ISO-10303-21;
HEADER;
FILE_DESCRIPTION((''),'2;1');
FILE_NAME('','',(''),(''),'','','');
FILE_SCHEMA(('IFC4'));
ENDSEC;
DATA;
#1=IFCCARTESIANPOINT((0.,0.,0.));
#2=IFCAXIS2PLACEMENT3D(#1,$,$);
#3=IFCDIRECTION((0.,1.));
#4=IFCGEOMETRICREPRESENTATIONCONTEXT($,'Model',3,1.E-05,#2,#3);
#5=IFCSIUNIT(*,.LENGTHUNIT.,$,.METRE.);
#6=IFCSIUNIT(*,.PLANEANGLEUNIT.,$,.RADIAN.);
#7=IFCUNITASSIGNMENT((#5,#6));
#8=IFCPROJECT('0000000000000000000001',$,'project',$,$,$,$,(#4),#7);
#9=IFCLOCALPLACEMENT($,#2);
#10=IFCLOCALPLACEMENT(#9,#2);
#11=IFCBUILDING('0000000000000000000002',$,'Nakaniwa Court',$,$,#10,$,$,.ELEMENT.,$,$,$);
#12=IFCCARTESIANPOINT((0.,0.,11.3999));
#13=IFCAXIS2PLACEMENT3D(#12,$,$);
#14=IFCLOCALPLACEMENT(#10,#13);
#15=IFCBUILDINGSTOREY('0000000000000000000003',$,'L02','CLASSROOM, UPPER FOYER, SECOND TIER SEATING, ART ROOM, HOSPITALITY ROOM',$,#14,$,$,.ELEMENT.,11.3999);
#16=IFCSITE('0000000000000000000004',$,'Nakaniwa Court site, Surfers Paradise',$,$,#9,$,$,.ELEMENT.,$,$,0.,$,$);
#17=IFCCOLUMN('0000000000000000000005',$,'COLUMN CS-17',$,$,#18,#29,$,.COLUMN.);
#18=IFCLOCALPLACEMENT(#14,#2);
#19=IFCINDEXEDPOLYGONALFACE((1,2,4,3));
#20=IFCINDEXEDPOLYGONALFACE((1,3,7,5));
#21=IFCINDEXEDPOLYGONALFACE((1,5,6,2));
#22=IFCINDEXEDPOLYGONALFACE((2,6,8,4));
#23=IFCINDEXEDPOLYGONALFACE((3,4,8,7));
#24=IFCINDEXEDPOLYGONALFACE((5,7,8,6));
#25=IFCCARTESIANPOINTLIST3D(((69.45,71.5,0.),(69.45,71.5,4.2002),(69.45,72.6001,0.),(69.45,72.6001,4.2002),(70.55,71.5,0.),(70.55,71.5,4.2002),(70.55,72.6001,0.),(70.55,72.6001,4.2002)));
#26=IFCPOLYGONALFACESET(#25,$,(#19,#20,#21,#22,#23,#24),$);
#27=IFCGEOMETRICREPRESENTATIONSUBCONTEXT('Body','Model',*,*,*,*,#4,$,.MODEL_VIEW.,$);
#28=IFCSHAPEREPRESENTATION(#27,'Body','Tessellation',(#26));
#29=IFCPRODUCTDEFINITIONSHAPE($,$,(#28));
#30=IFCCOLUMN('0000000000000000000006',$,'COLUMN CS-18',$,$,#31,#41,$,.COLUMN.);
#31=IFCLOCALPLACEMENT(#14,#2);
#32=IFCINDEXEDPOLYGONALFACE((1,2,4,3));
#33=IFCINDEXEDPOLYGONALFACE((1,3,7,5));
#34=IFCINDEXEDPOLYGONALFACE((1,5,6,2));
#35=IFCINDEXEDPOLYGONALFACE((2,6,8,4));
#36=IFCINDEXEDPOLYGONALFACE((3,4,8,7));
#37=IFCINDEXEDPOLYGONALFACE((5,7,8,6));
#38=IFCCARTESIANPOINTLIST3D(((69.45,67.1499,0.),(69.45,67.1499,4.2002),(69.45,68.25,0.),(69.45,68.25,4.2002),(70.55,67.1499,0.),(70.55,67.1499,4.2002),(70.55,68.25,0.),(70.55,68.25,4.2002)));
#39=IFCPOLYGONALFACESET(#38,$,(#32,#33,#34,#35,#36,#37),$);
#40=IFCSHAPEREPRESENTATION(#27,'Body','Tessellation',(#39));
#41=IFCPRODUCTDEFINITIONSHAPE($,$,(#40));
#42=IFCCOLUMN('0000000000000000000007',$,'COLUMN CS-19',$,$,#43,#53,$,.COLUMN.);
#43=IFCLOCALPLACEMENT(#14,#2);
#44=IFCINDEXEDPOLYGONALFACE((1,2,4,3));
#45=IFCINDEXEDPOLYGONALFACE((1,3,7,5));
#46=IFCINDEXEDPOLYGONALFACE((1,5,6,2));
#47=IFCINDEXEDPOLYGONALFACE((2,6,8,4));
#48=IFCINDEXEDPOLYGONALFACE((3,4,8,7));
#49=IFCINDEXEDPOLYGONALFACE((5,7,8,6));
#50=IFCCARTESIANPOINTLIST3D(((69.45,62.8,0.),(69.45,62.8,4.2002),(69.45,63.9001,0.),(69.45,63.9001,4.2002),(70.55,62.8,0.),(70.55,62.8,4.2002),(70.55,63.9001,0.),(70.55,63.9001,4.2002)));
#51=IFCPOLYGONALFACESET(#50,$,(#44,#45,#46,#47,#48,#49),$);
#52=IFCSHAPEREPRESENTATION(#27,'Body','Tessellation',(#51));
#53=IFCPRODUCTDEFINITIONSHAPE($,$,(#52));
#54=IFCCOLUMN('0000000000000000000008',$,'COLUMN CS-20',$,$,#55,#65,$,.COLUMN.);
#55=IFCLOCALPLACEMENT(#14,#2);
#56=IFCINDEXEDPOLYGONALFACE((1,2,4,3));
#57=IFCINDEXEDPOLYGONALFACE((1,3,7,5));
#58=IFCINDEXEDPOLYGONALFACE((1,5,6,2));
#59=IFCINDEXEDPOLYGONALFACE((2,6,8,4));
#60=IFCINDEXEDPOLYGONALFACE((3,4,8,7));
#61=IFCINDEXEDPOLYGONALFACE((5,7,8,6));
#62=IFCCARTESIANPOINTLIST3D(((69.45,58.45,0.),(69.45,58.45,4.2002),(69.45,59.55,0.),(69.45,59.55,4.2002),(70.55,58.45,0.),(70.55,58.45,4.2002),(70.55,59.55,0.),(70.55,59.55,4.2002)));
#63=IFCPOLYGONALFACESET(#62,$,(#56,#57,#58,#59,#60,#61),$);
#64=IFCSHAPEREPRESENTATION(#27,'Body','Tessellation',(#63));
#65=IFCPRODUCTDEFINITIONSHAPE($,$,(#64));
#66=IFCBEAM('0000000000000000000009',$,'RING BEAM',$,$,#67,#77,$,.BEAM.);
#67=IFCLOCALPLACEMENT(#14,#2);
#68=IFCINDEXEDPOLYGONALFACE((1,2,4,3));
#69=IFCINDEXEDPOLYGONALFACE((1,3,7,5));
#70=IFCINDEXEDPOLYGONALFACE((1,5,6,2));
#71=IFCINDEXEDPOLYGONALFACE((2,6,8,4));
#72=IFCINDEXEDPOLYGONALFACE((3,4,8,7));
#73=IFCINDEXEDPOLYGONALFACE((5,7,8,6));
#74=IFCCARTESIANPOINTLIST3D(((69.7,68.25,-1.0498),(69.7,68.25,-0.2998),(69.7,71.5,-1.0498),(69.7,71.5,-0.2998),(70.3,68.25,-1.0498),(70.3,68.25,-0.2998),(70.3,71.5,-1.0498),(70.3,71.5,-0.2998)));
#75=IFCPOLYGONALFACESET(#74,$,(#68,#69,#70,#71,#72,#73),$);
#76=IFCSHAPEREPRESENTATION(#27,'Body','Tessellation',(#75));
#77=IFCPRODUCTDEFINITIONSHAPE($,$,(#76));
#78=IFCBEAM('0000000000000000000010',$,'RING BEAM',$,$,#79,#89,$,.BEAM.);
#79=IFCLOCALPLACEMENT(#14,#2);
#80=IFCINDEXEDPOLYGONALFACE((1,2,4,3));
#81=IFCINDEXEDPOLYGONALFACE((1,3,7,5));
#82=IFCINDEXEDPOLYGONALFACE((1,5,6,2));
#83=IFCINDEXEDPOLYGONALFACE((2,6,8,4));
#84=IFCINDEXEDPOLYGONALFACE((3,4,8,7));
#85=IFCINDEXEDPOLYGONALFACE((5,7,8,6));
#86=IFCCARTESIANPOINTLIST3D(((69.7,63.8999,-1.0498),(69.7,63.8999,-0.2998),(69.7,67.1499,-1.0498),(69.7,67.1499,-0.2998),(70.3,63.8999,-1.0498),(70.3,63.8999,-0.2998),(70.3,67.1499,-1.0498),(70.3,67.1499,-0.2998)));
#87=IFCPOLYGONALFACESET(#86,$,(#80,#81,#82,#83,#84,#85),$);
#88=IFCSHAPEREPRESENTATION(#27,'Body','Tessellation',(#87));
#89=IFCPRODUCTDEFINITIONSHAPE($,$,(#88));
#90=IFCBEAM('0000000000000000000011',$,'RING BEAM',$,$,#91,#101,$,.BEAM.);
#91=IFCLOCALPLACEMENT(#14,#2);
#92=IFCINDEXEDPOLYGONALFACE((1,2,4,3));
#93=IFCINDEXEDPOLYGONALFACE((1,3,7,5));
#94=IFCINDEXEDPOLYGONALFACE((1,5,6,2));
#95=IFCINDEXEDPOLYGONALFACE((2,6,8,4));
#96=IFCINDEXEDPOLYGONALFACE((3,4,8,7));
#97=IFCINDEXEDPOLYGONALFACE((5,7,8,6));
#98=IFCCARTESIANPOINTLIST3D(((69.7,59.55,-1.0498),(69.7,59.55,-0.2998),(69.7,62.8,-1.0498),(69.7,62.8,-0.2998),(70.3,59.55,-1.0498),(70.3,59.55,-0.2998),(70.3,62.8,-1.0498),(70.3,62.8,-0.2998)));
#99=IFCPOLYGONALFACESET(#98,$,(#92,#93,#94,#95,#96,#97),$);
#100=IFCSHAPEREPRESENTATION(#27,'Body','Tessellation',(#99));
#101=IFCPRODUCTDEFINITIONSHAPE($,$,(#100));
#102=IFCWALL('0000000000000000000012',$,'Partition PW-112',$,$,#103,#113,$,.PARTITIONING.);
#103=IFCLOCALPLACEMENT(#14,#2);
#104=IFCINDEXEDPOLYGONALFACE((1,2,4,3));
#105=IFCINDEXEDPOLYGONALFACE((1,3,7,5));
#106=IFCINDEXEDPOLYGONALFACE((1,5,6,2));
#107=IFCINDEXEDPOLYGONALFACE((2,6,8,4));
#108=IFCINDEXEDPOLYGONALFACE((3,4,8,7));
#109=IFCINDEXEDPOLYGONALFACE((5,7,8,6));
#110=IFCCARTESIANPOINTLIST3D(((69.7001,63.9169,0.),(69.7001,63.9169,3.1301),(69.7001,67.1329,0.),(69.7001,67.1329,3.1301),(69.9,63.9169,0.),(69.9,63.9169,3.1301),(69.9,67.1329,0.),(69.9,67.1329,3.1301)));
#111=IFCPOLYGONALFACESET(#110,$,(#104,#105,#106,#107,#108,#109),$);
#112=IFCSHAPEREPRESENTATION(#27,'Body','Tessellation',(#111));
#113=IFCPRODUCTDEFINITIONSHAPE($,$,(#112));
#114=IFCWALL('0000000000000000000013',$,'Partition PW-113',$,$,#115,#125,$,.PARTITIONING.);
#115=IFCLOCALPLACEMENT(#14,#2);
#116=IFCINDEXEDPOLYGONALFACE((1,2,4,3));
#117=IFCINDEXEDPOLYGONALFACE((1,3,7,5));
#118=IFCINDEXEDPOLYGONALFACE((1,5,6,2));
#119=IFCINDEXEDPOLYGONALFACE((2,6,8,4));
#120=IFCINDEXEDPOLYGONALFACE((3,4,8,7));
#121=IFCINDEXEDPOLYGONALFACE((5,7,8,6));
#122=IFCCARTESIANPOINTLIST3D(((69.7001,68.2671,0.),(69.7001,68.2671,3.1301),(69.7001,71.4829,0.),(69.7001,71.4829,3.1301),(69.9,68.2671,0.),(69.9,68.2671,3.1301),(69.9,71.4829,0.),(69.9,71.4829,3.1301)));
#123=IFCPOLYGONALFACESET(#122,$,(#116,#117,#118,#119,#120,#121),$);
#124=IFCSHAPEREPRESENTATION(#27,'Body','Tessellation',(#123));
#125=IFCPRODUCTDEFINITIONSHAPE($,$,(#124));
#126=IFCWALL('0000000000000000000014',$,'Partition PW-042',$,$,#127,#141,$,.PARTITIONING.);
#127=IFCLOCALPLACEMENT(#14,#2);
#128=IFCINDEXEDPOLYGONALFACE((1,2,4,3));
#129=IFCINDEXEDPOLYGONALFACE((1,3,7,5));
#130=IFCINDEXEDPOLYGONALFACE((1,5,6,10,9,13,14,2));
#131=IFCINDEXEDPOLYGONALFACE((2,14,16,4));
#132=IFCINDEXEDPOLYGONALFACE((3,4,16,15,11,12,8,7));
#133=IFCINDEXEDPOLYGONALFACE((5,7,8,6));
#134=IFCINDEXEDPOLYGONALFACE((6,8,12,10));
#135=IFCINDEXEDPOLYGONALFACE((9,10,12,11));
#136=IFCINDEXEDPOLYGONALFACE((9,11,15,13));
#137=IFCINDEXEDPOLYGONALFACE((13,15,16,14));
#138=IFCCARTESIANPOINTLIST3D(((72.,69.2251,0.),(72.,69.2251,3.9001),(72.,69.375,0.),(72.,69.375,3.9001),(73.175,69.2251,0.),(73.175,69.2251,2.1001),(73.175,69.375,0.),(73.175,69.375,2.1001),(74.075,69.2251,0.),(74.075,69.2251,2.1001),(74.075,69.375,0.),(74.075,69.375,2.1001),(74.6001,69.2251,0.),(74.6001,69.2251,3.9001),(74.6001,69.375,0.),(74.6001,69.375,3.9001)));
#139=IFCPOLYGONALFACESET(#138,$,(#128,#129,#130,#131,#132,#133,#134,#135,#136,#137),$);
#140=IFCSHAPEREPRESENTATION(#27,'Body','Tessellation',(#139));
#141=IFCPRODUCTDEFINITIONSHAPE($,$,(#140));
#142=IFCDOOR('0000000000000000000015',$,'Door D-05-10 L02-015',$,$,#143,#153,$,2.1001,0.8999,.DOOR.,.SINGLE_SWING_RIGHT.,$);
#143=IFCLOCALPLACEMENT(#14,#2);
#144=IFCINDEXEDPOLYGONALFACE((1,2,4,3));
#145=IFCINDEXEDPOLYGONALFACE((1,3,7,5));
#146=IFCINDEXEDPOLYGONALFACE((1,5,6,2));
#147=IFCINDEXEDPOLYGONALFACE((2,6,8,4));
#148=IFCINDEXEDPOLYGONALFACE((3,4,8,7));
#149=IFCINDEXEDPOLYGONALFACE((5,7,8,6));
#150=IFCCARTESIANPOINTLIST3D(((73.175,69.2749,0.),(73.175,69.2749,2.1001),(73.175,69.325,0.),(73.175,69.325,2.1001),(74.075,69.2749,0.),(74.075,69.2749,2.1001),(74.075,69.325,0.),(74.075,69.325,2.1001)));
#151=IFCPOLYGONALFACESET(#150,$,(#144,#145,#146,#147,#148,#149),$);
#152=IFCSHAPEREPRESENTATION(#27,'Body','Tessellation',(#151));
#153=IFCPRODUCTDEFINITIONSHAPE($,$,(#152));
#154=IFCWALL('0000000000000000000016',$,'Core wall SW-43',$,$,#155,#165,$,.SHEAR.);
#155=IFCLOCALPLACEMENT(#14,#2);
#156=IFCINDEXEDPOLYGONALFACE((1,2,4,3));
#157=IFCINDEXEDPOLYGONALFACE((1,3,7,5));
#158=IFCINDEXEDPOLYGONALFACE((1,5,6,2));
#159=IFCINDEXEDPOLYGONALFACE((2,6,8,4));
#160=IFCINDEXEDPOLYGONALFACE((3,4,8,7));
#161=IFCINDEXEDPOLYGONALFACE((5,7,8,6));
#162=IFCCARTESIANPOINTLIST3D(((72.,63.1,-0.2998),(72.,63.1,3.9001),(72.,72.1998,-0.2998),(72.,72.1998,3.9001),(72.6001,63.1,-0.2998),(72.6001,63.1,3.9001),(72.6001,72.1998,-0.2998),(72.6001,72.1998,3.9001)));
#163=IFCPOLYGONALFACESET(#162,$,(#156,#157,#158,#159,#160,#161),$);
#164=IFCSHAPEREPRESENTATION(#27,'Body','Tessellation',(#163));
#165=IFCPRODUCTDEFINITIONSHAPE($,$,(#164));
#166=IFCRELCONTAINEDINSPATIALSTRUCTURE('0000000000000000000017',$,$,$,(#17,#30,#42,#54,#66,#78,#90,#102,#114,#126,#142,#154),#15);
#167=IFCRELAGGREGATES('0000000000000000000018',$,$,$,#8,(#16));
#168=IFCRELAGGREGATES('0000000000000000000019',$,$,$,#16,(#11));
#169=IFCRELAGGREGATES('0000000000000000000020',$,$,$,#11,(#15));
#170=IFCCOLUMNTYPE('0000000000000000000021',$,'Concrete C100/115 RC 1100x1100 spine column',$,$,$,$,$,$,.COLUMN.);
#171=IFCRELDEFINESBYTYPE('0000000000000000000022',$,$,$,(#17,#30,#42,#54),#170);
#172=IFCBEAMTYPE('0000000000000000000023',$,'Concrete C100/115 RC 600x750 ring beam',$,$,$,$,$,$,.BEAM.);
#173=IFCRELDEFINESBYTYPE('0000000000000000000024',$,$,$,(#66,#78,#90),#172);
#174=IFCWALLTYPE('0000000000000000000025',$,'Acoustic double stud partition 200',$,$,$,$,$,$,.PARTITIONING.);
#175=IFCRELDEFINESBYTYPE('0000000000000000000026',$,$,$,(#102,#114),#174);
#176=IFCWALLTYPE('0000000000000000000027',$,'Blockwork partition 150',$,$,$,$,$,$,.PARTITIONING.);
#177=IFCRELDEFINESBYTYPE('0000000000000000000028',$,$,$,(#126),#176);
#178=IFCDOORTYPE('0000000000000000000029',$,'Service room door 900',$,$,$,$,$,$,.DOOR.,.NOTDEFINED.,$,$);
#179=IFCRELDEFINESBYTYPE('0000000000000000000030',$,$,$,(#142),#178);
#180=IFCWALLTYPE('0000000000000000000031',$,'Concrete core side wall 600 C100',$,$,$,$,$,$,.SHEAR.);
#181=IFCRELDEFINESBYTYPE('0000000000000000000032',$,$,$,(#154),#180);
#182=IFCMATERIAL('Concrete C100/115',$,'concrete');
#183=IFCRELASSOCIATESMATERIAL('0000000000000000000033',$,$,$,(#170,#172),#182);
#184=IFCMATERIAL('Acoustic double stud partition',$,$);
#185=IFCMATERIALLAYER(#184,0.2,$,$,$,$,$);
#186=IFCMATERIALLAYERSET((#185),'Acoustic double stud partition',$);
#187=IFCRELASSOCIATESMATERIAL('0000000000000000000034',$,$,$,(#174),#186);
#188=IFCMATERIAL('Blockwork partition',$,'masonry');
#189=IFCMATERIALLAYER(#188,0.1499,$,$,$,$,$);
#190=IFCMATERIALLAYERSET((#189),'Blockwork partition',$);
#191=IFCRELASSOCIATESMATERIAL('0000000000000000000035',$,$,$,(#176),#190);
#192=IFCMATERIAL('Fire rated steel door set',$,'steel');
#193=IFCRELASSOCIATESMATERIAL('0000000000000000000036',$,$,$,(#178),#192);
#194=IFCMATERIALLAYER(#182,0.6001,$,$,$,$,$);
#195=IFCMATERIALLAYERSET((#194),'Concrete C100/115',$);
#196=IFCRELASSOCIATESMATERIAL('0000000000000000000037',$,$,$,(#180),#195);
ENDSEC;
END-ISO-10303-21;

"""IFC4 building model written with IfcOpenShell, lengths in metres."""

from ifc_helpers import new_model, si_unit, direction, frame, frame_2d, origin, origin_2d, place, context, subcontext, project, spatial, rectangle, extrude, material, layer, layer_set, material_profile, profile_set, type_object, element, fill, save


model = new_model("IFC4")

# Units and contexts
model_context = context("Model", 3, precision=1e-05, world=origin(), true_north=direction((0.0, 1.0)))
body_context = subcontext(model_context, "Body", "Model", "MODEL_VIEW")
ifc_project = project(units=[si_unit("LENGTHUNIT", "METRE"), si_unit("PLANEANGLEUNIT", "RADIAN")], contexts=[model_context])

# Site, building, storey
site_placement = place(None, origin())
site = spatial("IfcSite", under=ifc_project, at=site_placement, Name="Nakaniwa Court site, Surfers Paradise", CompositionType="ELEMENT", RefElevation=0.0)
building_placement = place(site_placement, origin())
building = spatial("IfcBuilding", under=site, at=building_placement, Name="Nakaniwa Court", CompositionType="ELEMENT")
storey_placement = place(building_placement, frame((0.0, 0.0, 11.3999)))
storey = spatial("IfcBuildingStorey", under=building, at=storey_placement, Name="L02", Description="CLASSROOM, UPPER FOYER, SECOND TIER SEATING, ART ROOM, HOSPITALITY ROOM", CompositionType="ELEMENT", Elevation=11.3999)

# Columns
ifc_material_1 = material(Name="Concrete C100/115", Category="concrete")
ifc_material_profile_1 = material_profile(ifc_material_1, rectangle(XDim=1.1001, YDim=1.1001, at=origin_2d()), Name="Concrete C100/115 RC 1100x1100 spine column")
ifc_profile_set_1 = profile_set([ifc_material_profile_1], Name="Concrete C100/115")
column_type = type_object("IfcColumnType", Name="Concrete C100/115 RC 1100x1100 spine column", PredefinedType="COLUMN", material=ifc_profile_set_1)
for number, where, z_axis, x_axis, name in (
    (1, (70.0, 72.05, 0.0), (0.0, 0.0, 1.0), (0.0, -1.0, 0.0), "COLUMN CS-17"),
    (2, (70.0, 67.7, 0.0), (0.0, 0.0, 1.0), (0.0, -1.0, 0.0), "COLUMN CS-18"),
    (3, (70.0, 63.3501, 0.0), (0.0, 0.0, 1.0), (0.0, -1.0, 0.0), "COLUMN CS-19"),
    (4, (70.0, 59.0, 0.0), (0.0, 0.0, 1.0), (0.0, -1.0, 0.0), "COLUMN CS-20"),
):
    element("IfcColumn", number, at=place(storey_placement, frame(where, z_axis=z_axis, x_axis=x_axis)), inside=storey, type_object=column_type, Name=name, PredefinedType="COLUMN", context=body_context, shape_type="SweptSolid", body=[
        extrude(rectangle(XDim=1.1001, YDim=1.1001, at=origin_2d()), origin(), (0.0, 0.0, 1.0), 4.2002),
    ])

# Beams
ifc_material_profile_2 = material_profile(ifc_material_1, rectangle(XDim=0.6001, YDim=0.75, at=origin_2d()), Name="Concrete C100/115 RC 600x750 ring beam")
ifc_profile_set_2 = profile_set([ifc_material_profile_2], Name="Concrete C100/115")
beam_type = type_object("IfcBeamType", Name="Concrete C100/115 RC 600x750 ring beam", PredefinedType="BEAM", material=ifc_profile_set_2)
for number, where, z_axis, x_axis, name in (
    (5, (70.0, 71.5, -0.6748), (0.0, -1.0, 0.0), (1.0, 0.0, 0.0), "RING BEAM"),
    (6, (70.0, 67.1499, -0.6748), (0.0, -1.0, 0.0), (1.0, 0.0, 0.0), "RING BEAM"),
    (7, (70.0, 62.8, -0.6748), (0.0, -1.0, 0.0), (1.0, 0.0, 0.0), "RING BEAM"),
):
    element("IfcBeam", number, at=place(storey_placement, frame(where, z_axis=z_axis, x_axis=x_axis)), inside=storey, type_object=beam_type, Name=name, PredefinedType="BEAM", context=body_context, shape_type="SweptSolid", body=[
        extrude(rectangle(XDim=0.6001, YDim=0.75, at=origin_2d()), origin(), (0.0, 0.0, 1.0), 3.25),
    ])

# Walls
ifc_material_2 = material(Name="Acoustic double stud partition")
ifc_layer_1 = layer(ifc_material_2, 0.2)
ifc_layer_set_1 = layer_set([ifc_layer_1], Name="Acoustic double stud partition")
wall_type_1 = type_object("IfcWallType", Name="Acoustic double stud partition 200", PredefinedType="PARTITIONING", material=ifc_layer_set_1)
wall_1_placement = place(storey_placement, frame((69.8, 63.917, 0.0), z_axis=(0.0, 0.0, 1.0), x_axis=(0.0, 1.0, 0.0)))
element("IfcWall", 8, at=wall_1_placement, inside=storey, type_object=wall_type_1, Name="Partition PW-112", PredefinedType="PARTITIONING", context=body_context, shape_type="SweptSolid", body=[
    extrude(rectangle(XDim=3.2161, YDim=0.2, at=frame_2d((1.6079, 0.0))), origin(), (0.0, 0.0, 1.0), 3.1301),
])
wall_2_placement = place(storey_placement, frame((69.8, 68.2671, 0.0), z_axis=(0.0, 0.0, 1.0), x_axis=(0.0, 1.0, 0.0)))
element("IfcWall", 9, at=wall_2_placement, inside=storey, type_object=wall_type_1, Name="Partition PW-113", PredefinedType="PARTITIONING", context=body_context, shape_type="SweptSolid", body=[
    extrude(rectangle(XDim=3.2158, YDim=0.2, at=frame_2d((1.6079, 0.0))), origin(), (0.0, 0.0, 1.0), 3.1301),
])

# Wall, opening, door
ifc_material_3 = material(Name="Blockwork partition", Category="masonry")
ifc_layer_2 = layer(ifc_material_3, 0.1499)
ifc_layer_set_2 = layer_set([ifc_layer_2], Name="Blockwork partition")
wall_type_2 = type_object("IfcWallType", Name="Blockwork partition 150", PredefinedType="PARTITIONING", material=ifc_layer_set_2)
wall_3_placement = place(storey_placement, frame((72.0, 69.3, 0.0), z_axis=(0.0, 0.0, 1.0), x_axis=(1.0, 0.0, 0.0)))
wall_3 = element("IfcWall", 10, at=wall_3_placement, inside=storey, type_object=wall_type_2, Name="Partition PW-042", PredefinedType="PARTITIONING", context=body_context, shape_type="SweptSolid", body=[
    extrude(rectangle(XDim=2.6001, YDim=0.1499, at=frame_2d((1.3, 0.0))), origin(), (0.0, 0.0, 1.0), 3.9001),
])
opening_1_placement = place(wall_3_placement, frame((1.175, 0.0, 0.0)))
opening_1 = element("IfcOpeningElement", 11, at=opening_1_placement, cuts=wall_3, PredefinedType="OPENING", context=body_context, shape_type="SweptSolid", body=[
    extrude(rectangle(XDim=0.8999, YDim=2.1001, at=frame_2d((0.45, 1.05))), frame((0.0, 0.085, 0.0), z_axis=(0.0, -1.0, 0.0), x_axis=(1.0, 0.0, 0.0)), (0.0, 0.0, 1.0), 0.1699),
])
ifc_material_4 = material(Name="Fire rated steel door set", Category="steel")
door_type_1 = type_object("IfcDoorType", Name="Service room door 900", OperationType="NOTDEFINED", PredefinedType="DOOR", material=ifc_material_4)
door_1_placement = place(opening_1_placement, origin())
door_1 = element("IfcDoor", 12, at=door_1_placement, inside=storey, type_object=door_type_1, Name="Door D-05-10 L02-015", OperationType="SINGLE_SWING_RIGHT", OverallHeight=2.1001, OverallWidth=0.8999, PredefinedType="DOOR", context=body_context, shape_type="SweptSolid", body=[
    extrude(rectangle(XDim=0.8999, YDim=2.1001, at=frame_2d((0.45, 1.05))), frame((0.0, 0.0249, 0.0), z_axis=(0.0, -1.0, 0.0), x_axis=(1.0, 0.0, 0.0)), (0.0, 0.0, 1.0), 0.05),
])
fill(opening_1, door_1)

# Wall
ifc_layer_3 = layer(ifc_material_1, 0.6001)
ifc_layer_set_3 = layer_set([ifc_layer_3], Name="Concrete C100/115")
wall_type_3 = type_object("IfcWallType", Name="Concrete core side wall 600 C100", PredefinedType="SHEAR", material=ifc_layer_set_3)
wall_4_placement = place(storey_placement, frame((72.3, 63.1001, -0.2998), z_axis=(0.0, 0.0, 1.0), x_axis=(0.0, 1.0, 0.0)))
element("IfcWall", 13, at=wall_4_placement, inside=storey, type_object=wall_type_3, Name="Core wall SW-43", PredefinedType="SHEAR", context=body_context, shape_type="SweptSolid", body=[
    extrude(rectangle(XDim=9.0999, YDim=0.6001, at=frame_2d((4.5498, 0.0))), origin(), (0.0, 0.0, 1.0), 4.2),
])

save(model, "model.ifc")
